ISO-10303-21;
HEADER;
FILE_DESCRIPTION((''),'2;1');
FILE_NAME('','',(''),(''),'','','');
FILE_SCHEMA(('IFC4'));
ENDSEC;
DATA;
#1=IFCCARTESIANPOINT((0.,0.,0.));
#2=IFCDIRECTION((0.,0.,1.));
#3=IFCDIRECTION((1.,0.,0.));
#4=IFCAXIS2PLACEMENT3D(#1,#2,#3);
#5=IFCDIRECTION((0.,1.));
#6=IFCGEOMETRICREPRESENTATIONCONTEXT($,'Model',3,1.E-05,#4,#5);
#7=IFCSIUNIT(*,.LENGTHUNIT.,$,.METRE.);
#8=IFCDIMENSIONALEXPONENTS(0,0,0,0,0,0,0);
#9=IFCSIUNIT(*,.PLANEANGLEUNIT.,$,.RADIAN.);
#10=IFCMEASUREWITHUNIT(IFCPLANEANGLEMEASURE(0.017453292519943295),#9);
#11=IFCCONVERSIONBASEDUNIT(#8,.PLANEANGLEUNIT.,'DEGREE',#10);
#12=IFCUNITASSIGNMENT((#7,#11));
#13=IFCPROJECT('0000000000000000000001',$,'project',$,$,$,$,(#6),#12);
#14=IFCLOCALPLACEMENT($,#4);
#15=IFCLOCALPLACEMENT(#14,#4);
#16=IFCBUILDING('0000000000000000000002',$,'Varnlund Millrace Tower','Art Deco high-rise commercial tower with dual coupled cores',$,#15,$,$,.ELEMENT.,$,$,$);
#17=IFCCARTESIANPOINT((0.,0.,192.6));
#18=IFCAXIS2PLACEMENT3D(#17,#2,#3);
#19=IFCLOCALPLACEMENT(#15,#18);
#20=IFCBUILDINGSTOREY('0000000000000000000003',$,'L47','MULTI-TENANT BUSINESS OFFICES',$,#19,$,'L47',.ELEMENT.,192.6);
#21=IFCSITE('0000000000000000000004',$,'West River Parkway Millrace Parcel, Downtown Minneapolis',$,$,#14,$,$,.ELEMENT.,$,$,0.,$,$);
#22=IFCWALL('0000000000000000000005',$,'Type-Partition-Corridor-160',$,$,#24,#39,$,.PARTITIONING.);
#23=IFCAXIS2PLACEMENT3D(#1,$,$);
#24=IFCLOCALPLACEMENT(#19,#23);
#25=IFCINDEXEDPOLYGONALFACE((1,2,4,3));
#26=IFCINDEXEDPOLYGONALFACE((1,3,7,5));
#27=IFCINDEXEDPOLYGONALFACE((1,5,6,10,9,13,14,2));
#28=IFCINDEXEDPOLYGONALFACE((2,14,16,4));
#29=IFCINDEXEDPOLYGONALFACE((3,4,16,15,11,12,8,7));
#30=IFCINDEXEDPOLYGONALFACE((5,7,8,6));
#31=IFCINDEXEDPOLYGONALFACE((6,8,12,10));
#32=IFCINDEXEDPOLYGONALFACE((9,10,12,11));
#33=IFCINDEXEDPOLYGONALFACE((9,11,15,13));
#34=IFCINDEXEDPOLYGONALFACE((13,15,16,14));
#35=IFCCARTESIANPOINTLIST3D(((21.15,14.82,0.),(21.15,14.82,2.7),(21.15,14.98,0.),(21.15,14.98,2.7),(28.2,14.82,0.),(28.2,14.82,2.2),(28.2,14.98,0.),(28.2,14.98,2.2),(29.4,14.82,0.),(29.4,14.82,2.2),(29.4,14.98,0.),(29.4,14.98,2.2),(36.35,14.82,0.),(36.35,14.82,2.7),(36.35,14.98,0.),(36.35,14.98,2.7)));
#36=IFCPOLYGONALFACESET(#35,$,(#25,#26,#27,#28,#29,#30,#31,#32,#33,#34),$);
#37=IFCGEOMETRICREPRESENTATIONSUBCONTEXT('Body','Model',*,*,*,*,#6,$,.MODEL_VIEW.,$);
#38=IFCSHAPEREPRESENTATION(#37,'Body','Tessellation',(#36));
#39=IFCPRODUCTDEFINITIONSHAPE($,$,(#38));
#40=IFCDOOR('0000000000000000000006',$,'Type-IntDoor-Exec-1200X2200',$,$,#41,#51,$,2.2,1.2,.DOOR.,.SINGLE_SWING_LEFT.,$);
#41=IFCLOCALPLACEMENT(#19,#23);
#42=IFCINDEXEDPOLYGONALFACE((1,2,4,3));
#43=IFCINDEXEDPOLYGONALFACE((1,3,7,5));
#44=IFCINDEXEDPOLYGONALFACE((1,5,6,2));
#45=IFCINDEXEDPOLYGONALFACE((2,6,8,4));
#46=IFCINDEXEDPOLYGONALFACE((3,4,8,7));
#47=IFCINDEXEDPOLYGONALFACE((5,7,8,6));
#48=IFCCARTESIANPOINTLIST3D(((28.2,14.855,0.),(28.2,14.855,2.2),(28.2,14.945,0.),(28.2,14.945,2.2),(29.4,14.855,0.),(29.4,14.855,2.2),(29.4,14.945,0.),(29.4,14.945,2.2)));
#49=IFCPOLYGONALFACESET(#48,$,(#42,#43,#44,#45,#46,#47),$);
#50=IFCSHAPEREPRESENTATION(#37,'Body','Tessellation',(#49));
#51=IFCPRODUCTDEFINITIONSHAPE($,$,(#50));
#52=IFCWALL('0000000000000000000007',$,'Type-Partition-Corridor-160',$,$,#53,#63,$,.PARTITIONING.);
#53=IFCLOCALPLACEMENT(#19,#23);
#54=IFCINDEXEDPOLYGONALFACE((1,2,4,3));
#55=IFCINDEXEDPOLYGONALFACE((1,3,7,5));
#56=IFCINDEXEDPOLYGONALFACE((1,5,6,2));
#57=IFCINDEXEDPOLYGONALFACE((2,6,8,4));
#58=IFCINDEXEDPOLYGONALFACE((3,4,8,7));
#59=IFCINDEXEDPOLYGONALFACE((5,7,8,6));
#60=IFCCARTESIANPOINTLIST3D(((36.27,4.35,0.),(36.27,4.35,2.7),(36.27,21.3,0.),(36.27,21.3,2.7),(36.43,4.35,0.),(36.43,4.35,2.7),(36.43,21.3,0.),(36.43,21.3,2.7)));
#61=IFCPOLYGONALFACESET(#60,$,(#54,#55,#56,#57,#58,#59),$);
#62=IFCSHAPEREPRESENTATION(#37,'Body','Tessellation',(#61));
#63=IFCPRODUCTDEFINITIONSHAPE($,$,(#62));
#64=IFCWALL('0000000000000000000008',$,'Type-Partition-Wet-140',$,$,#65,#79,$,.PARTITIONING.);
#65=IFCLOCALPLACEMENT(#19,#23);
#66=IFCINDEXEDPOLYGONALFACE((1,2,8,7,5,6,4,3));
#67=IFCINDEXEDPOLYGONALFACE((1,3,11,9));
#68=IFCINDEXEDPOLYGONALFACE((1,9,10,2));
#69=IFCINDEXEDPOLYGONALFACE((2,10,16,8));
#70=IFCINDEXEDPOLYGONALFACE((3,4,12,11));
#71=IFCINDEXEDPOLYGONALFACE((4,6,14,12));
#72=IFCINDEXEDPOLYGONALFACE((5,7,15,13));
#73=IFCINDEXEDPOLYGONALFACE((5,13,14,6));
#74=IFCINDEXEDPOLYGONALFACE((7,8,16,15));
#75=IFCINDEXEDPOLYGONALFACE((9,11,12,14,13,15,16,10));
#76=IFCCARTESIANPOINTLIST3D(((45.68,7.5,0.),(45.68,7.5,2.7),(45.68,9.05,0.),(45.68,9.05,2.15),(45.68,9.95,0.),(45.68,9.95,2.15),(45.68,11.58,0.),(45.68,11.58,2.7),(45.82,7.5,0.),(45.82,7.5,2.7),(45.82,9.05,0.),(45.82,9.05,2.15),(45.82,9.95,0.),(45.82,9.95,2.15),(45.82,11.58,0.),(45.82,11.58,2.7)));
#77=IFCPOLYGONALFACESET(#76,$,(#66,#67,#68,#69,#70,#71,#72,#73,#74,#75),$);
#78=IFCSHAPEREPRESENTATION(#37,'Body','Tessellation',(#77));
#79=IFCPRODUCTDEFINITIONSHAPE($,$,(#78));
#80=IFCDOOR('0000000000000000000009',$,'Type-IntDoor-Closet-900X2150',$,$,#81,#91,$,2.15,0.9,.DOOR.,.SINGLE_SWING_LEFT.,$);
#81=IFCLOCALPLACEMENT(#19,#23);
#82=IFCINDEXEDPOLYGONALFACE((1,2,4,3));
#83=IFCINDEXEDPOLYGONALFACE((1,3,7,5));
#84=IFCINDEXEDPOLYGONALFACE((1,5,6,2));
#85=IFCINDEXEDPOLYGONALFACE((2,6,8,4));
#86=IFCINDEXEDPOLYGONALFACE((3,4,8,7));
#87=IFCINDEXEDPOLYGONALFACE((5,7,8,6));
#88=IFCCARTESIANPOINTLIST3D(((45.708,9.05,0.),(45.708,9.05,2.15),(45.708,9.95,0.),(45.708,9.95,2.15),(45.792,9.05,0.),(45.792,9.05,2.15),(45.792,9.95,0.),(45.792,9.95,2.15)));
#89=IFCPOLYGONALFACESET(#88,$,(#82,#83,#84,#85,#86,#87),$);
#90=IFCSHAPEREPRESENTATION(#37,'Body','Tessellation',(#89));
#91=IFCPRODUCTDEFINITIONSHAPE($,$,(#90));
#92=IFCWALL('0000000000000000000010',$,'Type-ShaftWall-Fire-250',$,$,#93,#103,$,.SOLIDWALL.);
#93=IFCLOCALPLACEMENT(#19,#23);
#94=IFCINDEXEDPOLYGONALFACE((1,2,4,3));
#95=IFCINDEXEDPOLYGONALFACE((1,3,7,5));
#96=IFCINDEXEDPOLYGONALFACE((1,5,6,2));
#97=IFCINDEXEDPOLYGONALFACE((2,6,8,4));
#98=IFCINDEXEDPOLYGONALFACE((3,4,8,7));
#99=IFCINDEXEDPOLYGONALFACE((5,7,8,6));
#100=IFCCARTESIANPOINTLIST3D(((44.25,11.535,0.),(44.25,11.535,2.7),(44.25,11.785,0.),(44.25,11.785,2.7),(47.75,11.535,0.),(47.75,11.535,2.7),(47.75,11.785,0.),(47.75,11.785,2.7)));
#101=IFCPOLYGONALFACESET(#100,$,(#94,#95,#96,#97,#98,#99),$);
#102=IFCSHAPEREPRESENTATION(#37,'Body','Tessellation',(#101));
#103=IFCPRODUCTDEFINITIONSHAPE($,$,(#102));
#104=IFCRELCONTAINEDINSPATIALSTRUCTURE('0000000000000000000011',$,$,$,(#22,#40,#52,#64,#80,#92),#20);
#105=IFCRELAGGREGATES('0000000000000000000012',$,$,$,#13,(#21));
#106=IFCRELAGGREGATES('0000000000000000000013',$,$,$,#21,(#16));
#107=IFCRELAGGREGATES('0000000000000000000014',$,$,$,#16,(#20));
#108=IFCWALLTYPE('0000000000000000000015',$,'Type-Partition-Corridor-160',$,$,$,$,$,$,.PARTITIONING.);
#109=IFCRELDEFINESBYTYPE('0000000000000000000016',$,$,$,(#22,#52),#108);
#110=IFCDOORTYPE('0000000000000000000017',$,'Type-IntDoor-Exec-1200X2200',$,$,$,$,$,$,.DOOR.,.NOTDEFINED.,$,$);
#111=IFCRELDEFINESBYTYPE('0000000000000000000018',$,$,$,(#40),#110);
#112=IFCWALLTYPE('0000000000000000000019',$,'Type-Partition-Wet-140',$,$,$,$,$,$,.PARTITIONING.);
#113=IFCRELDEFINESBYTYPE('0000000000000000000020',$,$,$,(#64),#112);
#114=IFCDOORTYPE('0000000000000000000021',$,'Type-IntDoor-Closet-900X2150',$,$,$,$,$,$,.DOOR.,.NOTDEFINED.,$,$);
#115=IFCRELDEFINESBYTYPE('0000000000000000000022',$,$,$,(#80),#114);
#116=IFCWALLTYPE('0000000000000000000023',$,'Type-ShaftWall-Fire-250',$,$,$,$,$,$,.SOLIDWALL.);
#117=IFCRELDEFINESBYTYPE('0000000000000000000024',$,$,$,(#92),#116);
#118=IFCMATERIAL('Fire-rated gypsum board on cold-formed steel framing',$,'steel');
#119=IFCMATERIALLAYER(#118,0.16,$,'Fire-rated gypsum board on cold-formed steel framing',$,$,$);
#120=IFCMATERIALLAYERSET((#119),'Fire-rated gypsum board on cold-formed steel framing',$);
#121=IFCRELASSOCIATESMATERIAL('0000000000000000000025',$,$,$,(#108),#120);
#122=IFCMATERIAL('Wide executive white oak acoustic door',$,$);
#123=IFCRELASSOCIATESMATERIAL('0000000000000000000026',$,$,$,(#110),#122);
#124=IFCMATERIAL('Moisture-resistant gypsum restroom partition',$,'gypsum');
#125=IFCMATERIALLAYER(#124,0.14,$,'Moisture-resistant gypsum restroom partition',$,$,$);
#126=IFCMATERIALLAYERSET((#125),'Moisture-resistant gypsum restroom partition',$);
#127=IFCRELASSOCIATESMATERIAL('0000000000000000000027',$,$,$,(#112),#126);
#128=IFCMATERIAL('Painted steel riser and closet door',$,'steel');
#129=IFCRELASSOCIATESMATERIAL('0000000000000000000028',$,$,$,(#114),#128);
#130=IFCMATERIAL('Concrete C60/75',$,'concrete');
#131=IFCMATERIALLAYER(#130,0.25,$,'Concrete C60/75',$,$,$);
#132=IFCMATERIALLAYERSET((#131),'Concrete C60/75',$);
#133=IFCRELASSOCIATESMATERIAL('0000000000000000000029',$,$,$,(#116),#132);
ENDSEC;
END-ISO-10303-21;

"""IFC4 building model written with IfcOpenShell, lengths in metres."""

from ifc_helpers import new_model, entity, si_unit, converted_unit, direction, frame, origin_with_axes, origin_2d_with_axis, place, context, subcontext, project, spatial, polyline, rectangle, outline, extrude, material, layer, layer_set, type_object, element, fill, save


model = new_model("IFC4")

# Units and contexts
model_context = context("Model", 3, precision=1e-05, world=origin_with_axes(), true_north=direction((0.0, 1.0)))
body_context = subcontext(model_context, "Body", "Model", "MODEL_VIEW")
ifc_project = project(units=[si_unit("LENGTHUNIT", "METRE"), converted_unit("PLANEANGLEUNIT", "DEGREE", entity("IfcPlaneAngleMeasure", 0.017453292519943295), si_unit("PLANEANGLEUNIT", "RADIAN"), dimensions=[0, 0, 0, 0, 0, 0, 0])], contexts=[model_context])

# Site, building, storey
site_placement = place(None, origin_with_axes())
site = spatial("IfcSite", under=ifc_project, at=site_placement, Name="West River Parkway Millrace Parcel, Downtown Minneapolis", CompositionType="ELEMENT", RefElevation=0.0)
building_placement = place(site_placement, origin_with_axes())
building = spatial("IfcBuilding", under=site, at=building_placement, Name="Varnlund Millrace Tower", Description="Art Deco high-rise commercial tower with dual coupled cores", CompositionType="ELEMENT")
storey_placement = place(building_placement, frame((0.0, 0.0, 192.6), z_axis=(0.0, 0.0, 1.0), x_axis=(1.0, 0.0, 0.0)))
storey = spatial("IfcBuildingStorey", under=building, at=storey_placement, Name="L47", Description="MULTI-TENANT BUSINESS OFFICES", LongName="L47", CompositionType="ELEMENT", Elevation=192.6)

# Shared definitions
ifc_material_1 = material(Name="Fire-rated gypsum board on cold-formed steel framing", Category="steel")
ifc_layer_1 = layer(ifc_material_1, 0.16, Name="Fire-rated gypsum board on cold-formed steel framing")
ifc_layer_set_1 = layer_set([ifc_layer_1], Name="Fire-rated gypsum board on cold-formed steel framing")
wall_type_1 = type_object("IfcWallType", Name="Type-Partition-Corridor-160", PredefinedType="PARTITIONING", material=ifc_layer_set_1)

# Wall, opening, door
wall_1_placement = place(storey_placement, frame((21.15, 14.9, 0.0), z_axis=(0.0, 0.0, 1.0), x_axis=(1.0, 0.0, 0.0)))
wall_1 = element("IfcWall", 1, at=wall_1_placement, inside=storey, type_object=wall_type_1, Name="Type-Partition-Corridor-160", PredefinedType="PARTITIONING", context=body_context, shape_type="SweptSolid", body=[
    extrude(outline(polyline([(0.0, -0.08), (15.2, -0.08), (15.2, 0.08), (0.0, 0.08), (0.0, -0.08)])), origin_with_axes(), (0.0, 0.0, 1.0), 2.7),
])
opening_1_placement = place(wall_1_placement, frame((7.65, 0.0, 0.0), z_axis=(0.0, 0.0, 1.0), x_axis=(1.0, 0.0, 0.0)))
opening_1 = element("IfcOpeningElement", 2, at=opening_1_placement, cuts=wall_1, PredefinedType="OPENING", context=body_context, shape_type="SweptSolid", body=[
    extrude(rectangle(XDim=1.2, YDim=0.18, at=origin_2d_with_axis()), origin_with_axes(), (0.0, 0.0, 1.0), 2.2),
])
ifc_material_2 = material(Name="Wide executive white oak acoustic door")
door_type_1 = type_object("IfcDoorType", Name="Type-IntDoor-Exec-1200X2200", OperationType="NOTDEFINED", PredefinedType="DOOR", material=ifc_material_2)
door_1_placement = place(wall_1_placement, frame((7.65, 0.0, 0.0), z_axis=(0.0, 0.0, 1.0), x_axis=(1.0, 0.0, 0.0)))
door_1 = element("IfcDoor", 3, at=door_1_placement, inside=storey, type_object=door_type_1, Name="Type-IntDoor-Exec-1200X2200", OperationType="SINGLE_SWING_LEFT", OverallHeight=2.2, OverallWidth=1.2, PredefinedType="DOOR", context=body_context, shape_type="SweptSolid", body=[
    extrude(rectangle(XDim=1.2, YDim=0.09, at=origin_2d_with_axis()), origin_with_axes(), (0.0, 0.0, 1.0), 2.2),
])
fill(opening_1, door_1)

# Wall
wall_2_placement = place(storey_placement, frame((36.35, 4.35, 0.0), z_axis=(0.0, 0.0, 1.0), x_axis=(0.0, 1.0, 0.0)))
element("IfcWall", 4, at=wall_2_placement, inside=storey, type_object=wall_type_1, Name="Type-Partition-Corridor-160", PredefinedType="PARTITIONING", context=body_context, shape_type="SweptSolid", body=[
    extrude(outline(polyline([(0.0, -0.08), (16.95, -0.08), (16.95, 0.08), (0.0, 0.08), (0.0, -0.08)])), origin_with_axes(), (0.0, 0.0, 1.0), 2.7),
])

# Wall, opening, door
ifc_material_3 = material(Name="Moisture-resistant gypsum restroom partition", Category="gypsum")
ifc_layer_2 = layer(ifc_material_3, 0.14, Name="Moisture-resistant gypsum restroom partition")
ifc_layer_set_2 = layer_set([ifc_layer_2], Name="Moisture-resistant gypsum restroom partition")
wall_type_2 = type_object("IfcWallType", Name="Type-Partition-Wet-140", PredefinedType="PARTITIONING", material=ifc_layer_set_2)
wall_3_placement = place(storey_placement, frame((45.75, 7.5, 0.0), z_axis=(0.0, 0.0, 1.0), x_axis=(0.0, 1.0, 0.0)))
wall_3 = element("IfcWall", 5, at=wall_3_placement, inside=storey, type_object=wall_type_2, Name="Type-Partition-Wet-140", PredefinedType="PARTITIONING", context=body_context, shape_type="SweptSolid", body=[
    extrude(outline(polyline([(0.0, -0.07), (4.08, -0.07), (4.08, 0.07), (0.0, 0.07), (0.0, -0.07)])), origin_with_axes(), (0.0, 0.0, 1.0), 2.7),
])
opening_2_placement = place(wall_3_placement, frame((2.0, 0.0, 0.0), z_axis=(0.0, 0.0, 1.0), x_axis=(1.0, 0.0, 0.0)))
opening_2 = element("IfcOpeningElement", 6, at=opening_2_placement, cuts=wall_3, PredefinedType="OPENING", context=body_context, shape_type="SweptSolid", body=[
    extrude(rectangle(XDim=0.9, YDim=0.16, at=origin_2d_with_axis()), origin_with_axes(), (0.0, 0.0, 1.0), 2.15),
])
ifc_material_4 = material(Name="Painted steel riser and closet door", Category="steel")
door_type_2 = type_object("IfcDoorType", Name="Type-IntDoor-Closet-900X2150", OperationType="NOTDEFINED", PredefinedType="DOOR", material=ifc_material_4)
door_2_placement = place(wall_3_placement, frame((2.0, 0.0, 0.0), z_axis=(0.0, 0.0, 1.0), x_axis=(1.0, 0.0, 0.0)))
door_2 = element("IfcDoor", 7, at=door_2_placement, inside=storey, type_object=door_type_2, Name="Type-IntDoor-Closet-900X2150", OperationType="SINGLE_SWING_LEFT", OverallHeight=2.15, OverallWidth=0.9, PredefinedType="DOOR", context=body_context, shape_type="SweptSolid", body=[
    extrude(rectangle(XDim=0.9, YDim=0.084, at=origin_2d_with_axis()), origin_with_axes(), (0.0, 0.0, 1.0), 2.15),
])
fill(opening_2, door_2)

# Wall
ifc_material_5 = material(Name="Concrete C60/75", Category="concrete")
ifc_layer_3 = layer(ifc_material_5, 0.25, Name="Concrete C60/75")
ifc_layer_set_3 = layer_set([ifc_layer_3], Name="Concrete C60/75")
wall_type_3 = type_object("IfcWallType", Name="Type-ShaftWall-Fire-250", PredefinedType="SOLIDWALL", material=ifc_layer_set_3)
wall_4_placement = place(storey_placement, frame((44.25, 11.66, 0.0), z_axis=(0.0, 0.0, 1.0), x_axis=(1.0, 0.0, 0.0)))
element("IfcWall", 8, at=wall_4_placement, inside=storey, type_object=wall_type_3, Name="Type-ShaftWall-Fire-250", PredefinedType="SOLIDWALL", context=body_context, shape_type="SweptSolid", body=[
    extrude(outline(polyline([(0.0, -0.125), (3.5, -0.125), (3.5, 0.125), (0.0, 0.125), (0.0, -0.125)])), origin_with_axes(), (0.0, 0.0, 1.0), 2.7),
])

save(model, "model.ifc")
